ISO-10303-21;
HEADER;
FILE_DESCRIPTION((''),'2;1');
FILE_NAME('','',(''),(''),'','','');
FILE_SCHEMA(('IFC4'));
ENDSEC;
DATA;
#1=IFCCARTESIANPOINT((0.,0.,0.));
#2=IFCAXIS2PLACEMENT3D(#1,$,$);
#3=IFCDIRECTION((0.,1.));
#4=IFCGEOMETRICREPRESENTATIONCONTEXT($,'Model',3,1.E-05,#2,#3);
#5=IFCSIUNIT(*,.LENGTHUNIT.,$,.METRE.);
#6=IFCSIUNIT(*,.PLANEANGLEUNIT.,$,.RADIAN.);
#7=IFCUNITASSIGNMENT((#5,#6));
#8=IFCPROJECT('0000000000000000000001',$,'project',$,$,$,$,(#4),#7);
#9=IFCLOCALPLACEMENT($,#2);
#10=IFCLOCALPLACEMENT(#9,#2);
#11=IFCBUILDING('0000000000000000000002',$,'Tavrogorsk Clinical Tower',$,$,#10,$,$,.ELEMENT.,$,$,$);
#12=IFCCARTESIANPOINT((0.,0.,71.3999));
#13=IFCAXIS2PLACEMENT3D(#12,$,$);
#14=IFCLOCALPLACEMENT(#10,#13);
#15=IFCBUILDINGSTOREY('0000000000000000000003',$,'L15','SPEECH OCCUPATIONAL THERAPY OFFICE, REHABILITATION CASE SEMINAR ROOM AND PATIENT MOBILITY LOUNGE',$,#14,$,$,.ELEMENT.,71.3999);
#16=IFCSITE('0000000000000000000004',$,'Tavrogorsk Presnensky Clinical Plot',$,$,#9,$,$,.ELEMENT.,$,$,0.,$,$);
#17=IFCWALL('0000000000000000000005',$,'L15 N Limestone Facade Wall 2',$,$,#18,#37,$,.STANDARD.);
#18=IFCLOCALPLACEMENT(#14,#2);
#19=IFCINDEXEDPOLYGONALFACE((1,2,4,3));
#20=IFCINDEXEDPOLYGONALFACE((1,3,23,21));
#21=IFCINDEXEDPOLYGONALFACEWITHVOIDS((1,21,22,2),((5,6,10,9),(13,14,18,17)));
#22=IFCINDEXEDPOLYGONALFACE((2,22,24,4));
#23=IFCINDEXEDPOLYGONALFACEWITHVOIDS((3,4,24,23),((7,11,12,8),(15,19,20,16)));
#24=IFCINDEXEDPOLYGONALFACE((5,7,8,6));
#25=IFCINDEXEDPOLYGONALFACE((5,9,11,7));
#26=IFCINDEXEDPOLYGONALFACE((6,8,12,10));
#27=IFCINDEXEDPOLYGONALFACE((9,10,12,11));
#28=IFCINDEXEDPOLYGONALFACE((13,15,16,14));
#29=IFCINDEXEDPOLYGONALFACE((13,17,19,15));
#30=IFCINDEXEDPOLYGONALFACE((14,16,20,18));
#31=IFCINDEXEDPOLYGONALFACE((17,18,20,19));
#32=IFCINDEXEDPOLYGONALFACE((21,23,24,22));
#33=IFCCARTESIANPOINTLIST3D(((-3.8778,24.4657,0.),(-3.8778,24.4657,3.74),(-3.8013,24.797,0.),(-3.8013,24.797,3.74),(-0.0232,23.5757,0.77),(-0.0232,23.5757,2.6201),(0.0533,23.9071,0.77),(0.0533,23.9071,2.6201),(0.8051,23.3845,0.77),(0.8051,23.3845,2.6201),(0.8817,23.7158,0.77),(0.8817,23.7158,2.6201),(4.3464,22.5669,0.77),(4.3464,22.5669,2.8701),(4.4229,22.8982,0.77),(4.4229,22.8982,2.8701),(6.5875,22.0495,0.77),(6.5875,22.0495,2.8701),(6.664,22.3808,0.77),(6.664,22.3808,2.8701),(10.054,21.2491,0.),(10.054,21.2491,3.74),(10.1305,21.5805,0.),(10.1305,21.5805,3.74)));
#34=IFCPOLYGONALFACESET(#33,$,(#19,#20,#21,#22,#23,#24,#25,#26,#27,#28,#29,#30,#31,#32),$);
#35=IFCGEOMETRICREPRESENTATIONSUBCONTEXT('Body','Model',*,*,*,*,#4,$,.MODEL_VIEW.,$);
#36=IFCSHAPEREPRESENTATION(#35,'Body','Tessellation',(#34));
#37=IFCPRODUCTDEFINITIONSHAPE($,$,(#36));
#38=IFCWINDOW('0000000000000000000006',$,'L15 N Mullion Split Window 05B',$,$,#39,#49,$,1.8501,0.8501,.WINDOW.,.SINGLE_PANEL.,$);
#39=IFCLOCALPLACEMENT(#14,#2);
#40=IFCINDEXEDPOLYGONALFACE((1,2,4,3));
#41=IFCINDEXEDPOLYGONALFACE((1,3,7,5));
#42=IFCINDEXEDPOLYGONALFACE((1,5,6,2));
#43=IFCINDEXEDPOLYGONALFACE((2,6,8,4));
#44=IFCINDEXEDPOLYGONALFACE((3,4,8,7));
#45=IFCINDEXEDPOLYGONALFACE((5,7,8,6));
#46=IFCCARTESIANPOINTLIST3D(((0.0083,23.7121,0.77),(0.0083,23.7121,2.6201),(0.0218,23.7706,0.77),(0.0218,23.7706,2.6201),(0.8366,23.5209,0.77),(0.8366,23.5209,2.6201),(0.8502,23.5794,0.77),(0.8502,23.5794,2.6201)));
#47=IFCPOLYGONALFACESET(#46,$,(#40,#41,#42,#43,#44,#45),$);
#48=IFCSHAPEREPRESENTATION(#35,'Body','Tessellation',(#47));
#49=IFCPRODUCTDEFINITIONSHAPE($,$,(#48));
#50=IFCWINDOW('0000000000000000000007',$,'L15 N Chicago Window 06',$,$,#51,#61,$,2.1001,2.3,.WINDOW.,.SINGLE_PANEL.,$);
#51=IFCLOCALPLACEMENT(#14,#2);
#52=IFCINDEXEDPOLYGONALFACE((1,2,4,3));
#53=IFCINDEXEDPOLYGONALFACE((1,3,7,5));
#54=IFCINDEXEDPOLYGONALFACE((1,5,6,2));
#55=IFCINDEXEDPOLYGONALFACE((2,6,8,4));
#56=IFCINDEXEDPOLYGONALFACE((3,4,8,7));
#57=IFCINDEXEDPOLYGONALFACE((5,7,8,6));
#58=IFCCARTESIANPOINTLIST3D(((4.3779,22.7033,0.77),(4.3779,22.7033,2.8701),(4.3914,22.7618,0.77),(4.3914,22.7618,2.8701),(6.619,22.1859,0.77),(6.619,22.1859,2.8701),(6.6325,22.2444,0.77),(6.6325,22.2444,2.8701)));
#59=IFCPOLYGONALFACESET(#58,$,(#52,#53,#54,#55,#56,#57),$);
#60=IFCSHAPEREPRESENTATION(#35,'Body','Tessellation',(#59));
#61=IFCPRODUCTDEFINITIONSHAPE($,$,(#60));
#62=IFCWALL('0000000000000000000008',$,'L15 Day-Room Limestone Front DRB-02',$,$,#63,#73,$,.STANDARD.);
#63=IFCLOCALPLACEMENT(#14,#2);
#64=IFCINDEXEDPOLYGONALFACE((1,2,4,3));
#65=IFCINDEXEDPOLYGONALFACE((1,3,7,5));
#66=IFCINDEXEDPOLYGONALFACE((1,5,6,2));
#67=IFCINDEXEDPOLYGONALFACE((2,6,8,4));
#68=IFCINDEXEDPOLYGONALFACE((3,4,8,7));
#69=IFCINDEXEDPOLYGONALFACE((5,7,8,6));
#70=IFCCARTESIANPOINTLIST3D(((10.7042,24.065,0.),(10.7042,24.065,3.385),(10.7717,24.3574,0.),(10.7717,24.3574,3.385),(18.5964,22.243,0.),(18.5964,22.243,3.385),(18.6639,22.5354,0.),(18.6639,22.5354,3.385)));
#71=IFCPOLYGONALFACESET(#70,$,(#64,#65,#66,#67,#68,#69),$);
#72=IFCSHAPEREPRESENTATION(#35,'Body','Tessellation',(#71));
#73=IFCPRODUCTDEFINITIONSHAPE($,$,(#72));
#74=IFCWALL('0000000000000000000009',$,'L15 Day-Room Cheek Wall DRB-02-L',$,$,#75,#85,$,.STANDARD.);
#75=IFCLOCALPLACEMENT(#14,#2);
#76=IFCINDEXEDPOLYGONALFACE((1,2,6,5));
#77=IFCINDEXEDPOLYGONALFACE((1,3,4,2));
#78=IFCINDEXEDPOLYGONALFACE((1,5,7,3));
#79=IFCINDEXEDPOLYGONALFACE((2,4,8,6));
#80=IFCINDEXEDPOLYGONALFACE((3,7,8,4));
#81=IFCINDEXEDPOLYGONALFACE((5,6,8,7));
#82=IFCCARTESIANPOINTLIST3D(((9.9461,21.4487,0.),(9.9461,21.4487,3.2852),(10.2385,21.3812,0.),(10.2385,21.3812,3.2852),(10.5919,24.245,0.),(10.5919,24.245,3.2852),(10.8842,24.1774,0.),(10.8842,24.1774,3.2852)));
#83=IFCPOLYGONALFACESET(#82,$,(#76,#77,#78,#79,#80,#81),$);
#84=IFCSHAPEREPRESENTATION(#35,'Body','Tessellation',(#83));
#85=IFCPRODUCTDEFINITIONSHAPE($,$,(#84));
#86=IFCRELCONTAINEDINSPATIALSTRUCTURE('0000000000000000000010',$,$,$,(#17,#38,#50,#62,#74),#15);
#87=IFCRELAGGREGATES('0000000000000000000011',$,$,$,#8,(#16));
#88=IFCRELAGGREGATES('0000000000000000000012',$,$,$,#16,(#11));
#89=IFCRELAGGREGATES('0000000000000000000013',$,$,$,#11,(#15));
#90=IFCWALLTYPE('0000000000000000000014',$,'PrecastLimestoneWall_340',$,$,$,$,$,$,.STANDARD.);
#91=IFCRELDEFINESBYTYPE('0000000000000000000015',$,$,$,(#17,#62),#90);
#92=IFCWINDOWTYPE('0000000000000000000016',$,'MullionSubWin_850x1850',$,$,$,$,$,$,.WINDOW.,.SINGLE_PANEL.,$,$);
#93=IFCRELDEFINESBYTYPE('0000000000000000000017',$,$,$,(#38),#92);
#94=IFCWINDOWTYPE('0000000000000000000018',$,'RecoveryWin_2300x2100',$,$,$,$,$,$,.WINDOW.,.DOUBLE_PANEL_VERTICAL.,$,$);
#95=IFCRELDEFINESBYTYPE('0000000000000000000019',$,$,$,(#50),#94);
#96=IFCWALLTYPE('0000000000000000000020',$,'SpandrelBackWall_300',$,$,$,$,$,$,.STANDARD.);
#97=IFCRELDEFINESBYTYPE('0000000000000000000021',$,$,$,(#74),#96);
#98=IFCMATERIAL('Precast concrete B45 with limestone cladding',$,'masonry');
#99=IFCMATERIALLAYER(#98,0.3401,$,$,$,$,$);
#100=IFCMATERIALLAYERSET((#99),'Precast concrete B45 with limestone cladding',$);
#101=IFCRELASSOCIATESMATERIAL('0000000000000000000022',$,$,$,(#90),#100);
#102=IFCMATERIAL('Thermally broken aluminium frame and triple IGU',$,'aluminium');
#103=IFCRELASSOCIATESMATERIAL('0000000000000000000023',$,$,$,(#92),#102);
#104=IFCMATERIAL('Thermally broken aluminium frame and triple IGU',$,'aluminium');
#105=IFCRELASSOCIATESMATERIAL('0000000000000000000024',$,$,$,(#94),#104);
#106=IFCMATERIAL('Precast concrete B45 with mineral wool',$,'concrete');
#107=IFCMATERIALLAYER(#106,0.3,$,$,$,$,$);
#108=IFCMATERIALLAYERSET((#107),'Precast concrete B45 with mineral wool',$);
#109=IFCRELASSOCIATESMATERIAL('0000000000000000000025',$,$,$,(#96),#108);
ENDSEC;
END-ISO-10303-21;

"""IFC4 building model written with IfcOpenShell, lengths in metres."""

from ifc_helpers import new_model, si_unit, direction, frame, frame_2d, origin, place, context, subcontext, project, spatial, rectangle, extrude, material, layer, layer_set, type_object, element, fill, save


model = new_model("IFC4")

# Units and contexts
model_context = context("Model", 3, precision=1e-05, world=origin(), true_north=direction((0.0, 1.0)))
body_context = subcontext(model_context, "Body", "Model", "MODEL_VIEW")
ifc_project = project(units=[si_unit("LENGTHUNIT", "METRE"), si_unit("PLANEANGLEUNIT", "RADIAN")], contexts=[model_context])

# Site, building, storey
site_placement = place(None, origin())
site = spatial("IfcSite", under=ifc_project, at=site_placement, Name="Tavrogorsk Presnensky Clinical Plot", CompositionType="ELEMENT", RefElevation=0.0)
building_placement = place(site_placement, origin())
building = spatial("IfcBuilding", under=site, at=building_placement, Name="Tavrogorsk Clinical Tower", CompositionType="ELEMENT")
storey_placement = place(building_placement, frame((0.0, 0.0, 71.3999)))
storey = spatial("IfcBuildingStorey", under=building, at=storey_placement, Name="L15", Description="SPEECH OCCUPATIONAL THERAPY OFFICE, REHABILITATION CASE SEMINAR ROOM AND PATIENT MOBILITY LOUNGE", CompositionType="ELEMENT", Elevation=71.3999)

# Wall, openings, windows
ifc_material_1 = material(Name="Precast concrete B45 with limestone cladding", Category="masonry")
ifc_layer_1 = layer(ifc_material_1, 0.3401)
ifc_layer_set_1 = layer_set([ifc_layer_1], Name="Precast concrete B45 with limestone cladding")
wall_type_1 = type_object("IfcWallType", Name="PrecastLimestoneWall_340", PredefinedType="STANDARD", material=ifc_layer_set_1)
wall_1_placement = place(storey_placement, frame((10.0923, 21.4148, 0.0), z_axis=(0.0, 0.0, 1.0), x_axis=(-0.974368, 0.224959, 0.0)))
wall_1 = element("IfcWall", 1, at=wall_1_placement, inside=storey, type_object=wall_type_1, Name="L15 N Limestone Facade Wall 2", PredefinedType="STANDARD", context=body_context, shape_type="SweptSolid", body=[
    extrude(rectangle(XDim=14.2983, YDim=0.3401, at=frame_2d((7.1492, 0.0))), origin(), (0.0, 0.0, 1.0), 3.74),
])
opening_1_placement = place(wall_1_placement, frame((9.4922, 0.0, 0.77)))
opening_1 = element("IfcOpeningElement", 2, at=opening_1_placement, cuts=wall_1, PredefinedType="OPENING", context=body_context, shape_type="SweptSolid", body=[
    extrude(rectangle(XDim=0.8501, YDim=1.8501, at=frame_2d((0.425, 0.925))), frame((0.0, 0.1799, 0.0), z_axis=(0.0, -1.0, 0.0), x_axis=(1.0, 0.0, 0.0)), (0.0, 0.0, 1.0), 0.3601),
])
opening_2_placement = place(wall_1_placement, frame((3.5579, 0.0, 0.77)))
opening_2 = element("IfcOpeningElement", 3, at=opening_2_placement, cuts=wall_1, PredefinedType="OPENING", context=body_context, shape_type="SweptSolid", body=[
    extrude(rectangle(XDim=2.3, YDim=2.1001, at=frame_2d((1.1499, 1.05))), frame((0.0, 0.1799, 0.0), z_axis=(0.0, -1.0, 0.0), x_axis=(1.0, 0.0, 0.0)), (0.0, 0.0, 1.0), 0.3601),
])
ifc_material_2 = material(Name="Thermally broken aluminium frame and triple IGU", Category="aluminium")
window_type_1 = type_object("IfcWindowType", Name="MullionSubWin_850x1850", PartitioningType="SINGLE_PANEL", PredefinedType="WINDOW", material=ifc_material_2)
window_1_placement = place(opening_1_placement, origin())
window_1 = element("IfcWindow", 4, at=window_1_placement, inside=storey, type_object=window_type_1, Name="L15 N Mullion Split Window 05B", OverallHeight=1.8501, OverallWidth=0.8501, PartitioningType="SINGLE_PANEL", PredefinedType="WINDOW", context=body_context, shape_type="SweptSolid", body=[
    extrude(rectangle(XDim=0.8501, YDim=1.8501, at=frame_2d((0.425, 0.925))), frame((0.0, 0.03, 0.0), z_axis=(0.0, -1.0, 0.0), x_axis=(1.0, 0.0, 0.0)), (0.0, 0.0, 1.0), 0.0601),
])
fill(opening_1, window_1)
ifc_material_3 = material(Name="Thermally broken aluminium frame and triple IGU", Category="aluminium")
window_type_2 = type_object("IfcWindowType", Name="RecoveryWin_2300x2100", PartitioningType="DOUBLE_PANEL_VERTICAL", PredefinedType="WINDOW", material=ifc_material_3)
window_2_placement = place(opening_2_placement, origin())
window_2 = element("IfcWindow", 5, at=window_2_placement, inside=storey, type_object=window_type_2, Name="L15 N Chicago Window 06", OverallHeight=2.1001, OverallWidth=2.3, PartitioningType="SINGLE_PANEL", PredefinedType="WINDOW", context=body_context, shape_type="SweptSolid", body=[
    extrude(rectangle(XDim=2.3, YDim=2.1001, at=frame_2d((1.1499, 1.05))), frame((0.0, 0.03, 0.0), z_axis=(0.0, -1.0, 0.0), x_axis=(1.0, 0.0, 0.0)), (0.0, 0.0, 1.0), 0.0601),
])
fill(opening_2, window_2)

# Walls
wall_2_placement = place(storey_placement, frame((10.738, 24.2112, 0.0), z_axis=(0.0, 0.0, 1.0), x_axis=(0.974372, -0.224943, 0.0)))
element("IfcWall", 6, at=wall_2_placement, inside=storey, type_object=wall_type_1, Name="L15 Day-Room Limestone Front DRB-02", PredefinedType="STANDARD", context=body_context, shape_type="SweptSolid", body=[
    extrude(rectangle(XDim=8.0999, YDim=0.3, at=frame_2d((4.0498, 0.0))), origin(), (0.0, 0.0, 1.0), 3.385),
])
ifc_material_4 = material(Name="Precast concrete B45 with mineral wool", Category="concrete")
ifc_layer_2 = layer(ifc_material_4, 0.3)
ifc_layer_set_2 = layer_set([ifc_layer_2], Name="Precast concrete B45 with mineral wool")
wall_type_2 = type_object("IfcWallType", Name="SpandrelBackWall_300", PredefinedType="STANDARD", material=ifc_layer_set_2)
wall_3_placement = place(storey_placement, frame((10.0923, 21.4148, 0.0), z_axis=(0.0, 0.0, 1.0), x_axis=(0.225002, 0.974358, 0.0)))
element("IfcWall", 7, at=wall_3_placement, inside=storey, type_object=wall_type_2, Name="L15 Day-Room Cheek Wall DRB-02-L", PredefinedType="STANDARD", context=body_context, shape_type="SweptSolid", body=[
    extrude(rectangle(XDim=2.8699, YDim=0.3, at=frame_2d((1.4351, 0.0))), origin(), (0.0, 0.0, 1.0), 3.2852),
])

save(model, "model.ifc")
